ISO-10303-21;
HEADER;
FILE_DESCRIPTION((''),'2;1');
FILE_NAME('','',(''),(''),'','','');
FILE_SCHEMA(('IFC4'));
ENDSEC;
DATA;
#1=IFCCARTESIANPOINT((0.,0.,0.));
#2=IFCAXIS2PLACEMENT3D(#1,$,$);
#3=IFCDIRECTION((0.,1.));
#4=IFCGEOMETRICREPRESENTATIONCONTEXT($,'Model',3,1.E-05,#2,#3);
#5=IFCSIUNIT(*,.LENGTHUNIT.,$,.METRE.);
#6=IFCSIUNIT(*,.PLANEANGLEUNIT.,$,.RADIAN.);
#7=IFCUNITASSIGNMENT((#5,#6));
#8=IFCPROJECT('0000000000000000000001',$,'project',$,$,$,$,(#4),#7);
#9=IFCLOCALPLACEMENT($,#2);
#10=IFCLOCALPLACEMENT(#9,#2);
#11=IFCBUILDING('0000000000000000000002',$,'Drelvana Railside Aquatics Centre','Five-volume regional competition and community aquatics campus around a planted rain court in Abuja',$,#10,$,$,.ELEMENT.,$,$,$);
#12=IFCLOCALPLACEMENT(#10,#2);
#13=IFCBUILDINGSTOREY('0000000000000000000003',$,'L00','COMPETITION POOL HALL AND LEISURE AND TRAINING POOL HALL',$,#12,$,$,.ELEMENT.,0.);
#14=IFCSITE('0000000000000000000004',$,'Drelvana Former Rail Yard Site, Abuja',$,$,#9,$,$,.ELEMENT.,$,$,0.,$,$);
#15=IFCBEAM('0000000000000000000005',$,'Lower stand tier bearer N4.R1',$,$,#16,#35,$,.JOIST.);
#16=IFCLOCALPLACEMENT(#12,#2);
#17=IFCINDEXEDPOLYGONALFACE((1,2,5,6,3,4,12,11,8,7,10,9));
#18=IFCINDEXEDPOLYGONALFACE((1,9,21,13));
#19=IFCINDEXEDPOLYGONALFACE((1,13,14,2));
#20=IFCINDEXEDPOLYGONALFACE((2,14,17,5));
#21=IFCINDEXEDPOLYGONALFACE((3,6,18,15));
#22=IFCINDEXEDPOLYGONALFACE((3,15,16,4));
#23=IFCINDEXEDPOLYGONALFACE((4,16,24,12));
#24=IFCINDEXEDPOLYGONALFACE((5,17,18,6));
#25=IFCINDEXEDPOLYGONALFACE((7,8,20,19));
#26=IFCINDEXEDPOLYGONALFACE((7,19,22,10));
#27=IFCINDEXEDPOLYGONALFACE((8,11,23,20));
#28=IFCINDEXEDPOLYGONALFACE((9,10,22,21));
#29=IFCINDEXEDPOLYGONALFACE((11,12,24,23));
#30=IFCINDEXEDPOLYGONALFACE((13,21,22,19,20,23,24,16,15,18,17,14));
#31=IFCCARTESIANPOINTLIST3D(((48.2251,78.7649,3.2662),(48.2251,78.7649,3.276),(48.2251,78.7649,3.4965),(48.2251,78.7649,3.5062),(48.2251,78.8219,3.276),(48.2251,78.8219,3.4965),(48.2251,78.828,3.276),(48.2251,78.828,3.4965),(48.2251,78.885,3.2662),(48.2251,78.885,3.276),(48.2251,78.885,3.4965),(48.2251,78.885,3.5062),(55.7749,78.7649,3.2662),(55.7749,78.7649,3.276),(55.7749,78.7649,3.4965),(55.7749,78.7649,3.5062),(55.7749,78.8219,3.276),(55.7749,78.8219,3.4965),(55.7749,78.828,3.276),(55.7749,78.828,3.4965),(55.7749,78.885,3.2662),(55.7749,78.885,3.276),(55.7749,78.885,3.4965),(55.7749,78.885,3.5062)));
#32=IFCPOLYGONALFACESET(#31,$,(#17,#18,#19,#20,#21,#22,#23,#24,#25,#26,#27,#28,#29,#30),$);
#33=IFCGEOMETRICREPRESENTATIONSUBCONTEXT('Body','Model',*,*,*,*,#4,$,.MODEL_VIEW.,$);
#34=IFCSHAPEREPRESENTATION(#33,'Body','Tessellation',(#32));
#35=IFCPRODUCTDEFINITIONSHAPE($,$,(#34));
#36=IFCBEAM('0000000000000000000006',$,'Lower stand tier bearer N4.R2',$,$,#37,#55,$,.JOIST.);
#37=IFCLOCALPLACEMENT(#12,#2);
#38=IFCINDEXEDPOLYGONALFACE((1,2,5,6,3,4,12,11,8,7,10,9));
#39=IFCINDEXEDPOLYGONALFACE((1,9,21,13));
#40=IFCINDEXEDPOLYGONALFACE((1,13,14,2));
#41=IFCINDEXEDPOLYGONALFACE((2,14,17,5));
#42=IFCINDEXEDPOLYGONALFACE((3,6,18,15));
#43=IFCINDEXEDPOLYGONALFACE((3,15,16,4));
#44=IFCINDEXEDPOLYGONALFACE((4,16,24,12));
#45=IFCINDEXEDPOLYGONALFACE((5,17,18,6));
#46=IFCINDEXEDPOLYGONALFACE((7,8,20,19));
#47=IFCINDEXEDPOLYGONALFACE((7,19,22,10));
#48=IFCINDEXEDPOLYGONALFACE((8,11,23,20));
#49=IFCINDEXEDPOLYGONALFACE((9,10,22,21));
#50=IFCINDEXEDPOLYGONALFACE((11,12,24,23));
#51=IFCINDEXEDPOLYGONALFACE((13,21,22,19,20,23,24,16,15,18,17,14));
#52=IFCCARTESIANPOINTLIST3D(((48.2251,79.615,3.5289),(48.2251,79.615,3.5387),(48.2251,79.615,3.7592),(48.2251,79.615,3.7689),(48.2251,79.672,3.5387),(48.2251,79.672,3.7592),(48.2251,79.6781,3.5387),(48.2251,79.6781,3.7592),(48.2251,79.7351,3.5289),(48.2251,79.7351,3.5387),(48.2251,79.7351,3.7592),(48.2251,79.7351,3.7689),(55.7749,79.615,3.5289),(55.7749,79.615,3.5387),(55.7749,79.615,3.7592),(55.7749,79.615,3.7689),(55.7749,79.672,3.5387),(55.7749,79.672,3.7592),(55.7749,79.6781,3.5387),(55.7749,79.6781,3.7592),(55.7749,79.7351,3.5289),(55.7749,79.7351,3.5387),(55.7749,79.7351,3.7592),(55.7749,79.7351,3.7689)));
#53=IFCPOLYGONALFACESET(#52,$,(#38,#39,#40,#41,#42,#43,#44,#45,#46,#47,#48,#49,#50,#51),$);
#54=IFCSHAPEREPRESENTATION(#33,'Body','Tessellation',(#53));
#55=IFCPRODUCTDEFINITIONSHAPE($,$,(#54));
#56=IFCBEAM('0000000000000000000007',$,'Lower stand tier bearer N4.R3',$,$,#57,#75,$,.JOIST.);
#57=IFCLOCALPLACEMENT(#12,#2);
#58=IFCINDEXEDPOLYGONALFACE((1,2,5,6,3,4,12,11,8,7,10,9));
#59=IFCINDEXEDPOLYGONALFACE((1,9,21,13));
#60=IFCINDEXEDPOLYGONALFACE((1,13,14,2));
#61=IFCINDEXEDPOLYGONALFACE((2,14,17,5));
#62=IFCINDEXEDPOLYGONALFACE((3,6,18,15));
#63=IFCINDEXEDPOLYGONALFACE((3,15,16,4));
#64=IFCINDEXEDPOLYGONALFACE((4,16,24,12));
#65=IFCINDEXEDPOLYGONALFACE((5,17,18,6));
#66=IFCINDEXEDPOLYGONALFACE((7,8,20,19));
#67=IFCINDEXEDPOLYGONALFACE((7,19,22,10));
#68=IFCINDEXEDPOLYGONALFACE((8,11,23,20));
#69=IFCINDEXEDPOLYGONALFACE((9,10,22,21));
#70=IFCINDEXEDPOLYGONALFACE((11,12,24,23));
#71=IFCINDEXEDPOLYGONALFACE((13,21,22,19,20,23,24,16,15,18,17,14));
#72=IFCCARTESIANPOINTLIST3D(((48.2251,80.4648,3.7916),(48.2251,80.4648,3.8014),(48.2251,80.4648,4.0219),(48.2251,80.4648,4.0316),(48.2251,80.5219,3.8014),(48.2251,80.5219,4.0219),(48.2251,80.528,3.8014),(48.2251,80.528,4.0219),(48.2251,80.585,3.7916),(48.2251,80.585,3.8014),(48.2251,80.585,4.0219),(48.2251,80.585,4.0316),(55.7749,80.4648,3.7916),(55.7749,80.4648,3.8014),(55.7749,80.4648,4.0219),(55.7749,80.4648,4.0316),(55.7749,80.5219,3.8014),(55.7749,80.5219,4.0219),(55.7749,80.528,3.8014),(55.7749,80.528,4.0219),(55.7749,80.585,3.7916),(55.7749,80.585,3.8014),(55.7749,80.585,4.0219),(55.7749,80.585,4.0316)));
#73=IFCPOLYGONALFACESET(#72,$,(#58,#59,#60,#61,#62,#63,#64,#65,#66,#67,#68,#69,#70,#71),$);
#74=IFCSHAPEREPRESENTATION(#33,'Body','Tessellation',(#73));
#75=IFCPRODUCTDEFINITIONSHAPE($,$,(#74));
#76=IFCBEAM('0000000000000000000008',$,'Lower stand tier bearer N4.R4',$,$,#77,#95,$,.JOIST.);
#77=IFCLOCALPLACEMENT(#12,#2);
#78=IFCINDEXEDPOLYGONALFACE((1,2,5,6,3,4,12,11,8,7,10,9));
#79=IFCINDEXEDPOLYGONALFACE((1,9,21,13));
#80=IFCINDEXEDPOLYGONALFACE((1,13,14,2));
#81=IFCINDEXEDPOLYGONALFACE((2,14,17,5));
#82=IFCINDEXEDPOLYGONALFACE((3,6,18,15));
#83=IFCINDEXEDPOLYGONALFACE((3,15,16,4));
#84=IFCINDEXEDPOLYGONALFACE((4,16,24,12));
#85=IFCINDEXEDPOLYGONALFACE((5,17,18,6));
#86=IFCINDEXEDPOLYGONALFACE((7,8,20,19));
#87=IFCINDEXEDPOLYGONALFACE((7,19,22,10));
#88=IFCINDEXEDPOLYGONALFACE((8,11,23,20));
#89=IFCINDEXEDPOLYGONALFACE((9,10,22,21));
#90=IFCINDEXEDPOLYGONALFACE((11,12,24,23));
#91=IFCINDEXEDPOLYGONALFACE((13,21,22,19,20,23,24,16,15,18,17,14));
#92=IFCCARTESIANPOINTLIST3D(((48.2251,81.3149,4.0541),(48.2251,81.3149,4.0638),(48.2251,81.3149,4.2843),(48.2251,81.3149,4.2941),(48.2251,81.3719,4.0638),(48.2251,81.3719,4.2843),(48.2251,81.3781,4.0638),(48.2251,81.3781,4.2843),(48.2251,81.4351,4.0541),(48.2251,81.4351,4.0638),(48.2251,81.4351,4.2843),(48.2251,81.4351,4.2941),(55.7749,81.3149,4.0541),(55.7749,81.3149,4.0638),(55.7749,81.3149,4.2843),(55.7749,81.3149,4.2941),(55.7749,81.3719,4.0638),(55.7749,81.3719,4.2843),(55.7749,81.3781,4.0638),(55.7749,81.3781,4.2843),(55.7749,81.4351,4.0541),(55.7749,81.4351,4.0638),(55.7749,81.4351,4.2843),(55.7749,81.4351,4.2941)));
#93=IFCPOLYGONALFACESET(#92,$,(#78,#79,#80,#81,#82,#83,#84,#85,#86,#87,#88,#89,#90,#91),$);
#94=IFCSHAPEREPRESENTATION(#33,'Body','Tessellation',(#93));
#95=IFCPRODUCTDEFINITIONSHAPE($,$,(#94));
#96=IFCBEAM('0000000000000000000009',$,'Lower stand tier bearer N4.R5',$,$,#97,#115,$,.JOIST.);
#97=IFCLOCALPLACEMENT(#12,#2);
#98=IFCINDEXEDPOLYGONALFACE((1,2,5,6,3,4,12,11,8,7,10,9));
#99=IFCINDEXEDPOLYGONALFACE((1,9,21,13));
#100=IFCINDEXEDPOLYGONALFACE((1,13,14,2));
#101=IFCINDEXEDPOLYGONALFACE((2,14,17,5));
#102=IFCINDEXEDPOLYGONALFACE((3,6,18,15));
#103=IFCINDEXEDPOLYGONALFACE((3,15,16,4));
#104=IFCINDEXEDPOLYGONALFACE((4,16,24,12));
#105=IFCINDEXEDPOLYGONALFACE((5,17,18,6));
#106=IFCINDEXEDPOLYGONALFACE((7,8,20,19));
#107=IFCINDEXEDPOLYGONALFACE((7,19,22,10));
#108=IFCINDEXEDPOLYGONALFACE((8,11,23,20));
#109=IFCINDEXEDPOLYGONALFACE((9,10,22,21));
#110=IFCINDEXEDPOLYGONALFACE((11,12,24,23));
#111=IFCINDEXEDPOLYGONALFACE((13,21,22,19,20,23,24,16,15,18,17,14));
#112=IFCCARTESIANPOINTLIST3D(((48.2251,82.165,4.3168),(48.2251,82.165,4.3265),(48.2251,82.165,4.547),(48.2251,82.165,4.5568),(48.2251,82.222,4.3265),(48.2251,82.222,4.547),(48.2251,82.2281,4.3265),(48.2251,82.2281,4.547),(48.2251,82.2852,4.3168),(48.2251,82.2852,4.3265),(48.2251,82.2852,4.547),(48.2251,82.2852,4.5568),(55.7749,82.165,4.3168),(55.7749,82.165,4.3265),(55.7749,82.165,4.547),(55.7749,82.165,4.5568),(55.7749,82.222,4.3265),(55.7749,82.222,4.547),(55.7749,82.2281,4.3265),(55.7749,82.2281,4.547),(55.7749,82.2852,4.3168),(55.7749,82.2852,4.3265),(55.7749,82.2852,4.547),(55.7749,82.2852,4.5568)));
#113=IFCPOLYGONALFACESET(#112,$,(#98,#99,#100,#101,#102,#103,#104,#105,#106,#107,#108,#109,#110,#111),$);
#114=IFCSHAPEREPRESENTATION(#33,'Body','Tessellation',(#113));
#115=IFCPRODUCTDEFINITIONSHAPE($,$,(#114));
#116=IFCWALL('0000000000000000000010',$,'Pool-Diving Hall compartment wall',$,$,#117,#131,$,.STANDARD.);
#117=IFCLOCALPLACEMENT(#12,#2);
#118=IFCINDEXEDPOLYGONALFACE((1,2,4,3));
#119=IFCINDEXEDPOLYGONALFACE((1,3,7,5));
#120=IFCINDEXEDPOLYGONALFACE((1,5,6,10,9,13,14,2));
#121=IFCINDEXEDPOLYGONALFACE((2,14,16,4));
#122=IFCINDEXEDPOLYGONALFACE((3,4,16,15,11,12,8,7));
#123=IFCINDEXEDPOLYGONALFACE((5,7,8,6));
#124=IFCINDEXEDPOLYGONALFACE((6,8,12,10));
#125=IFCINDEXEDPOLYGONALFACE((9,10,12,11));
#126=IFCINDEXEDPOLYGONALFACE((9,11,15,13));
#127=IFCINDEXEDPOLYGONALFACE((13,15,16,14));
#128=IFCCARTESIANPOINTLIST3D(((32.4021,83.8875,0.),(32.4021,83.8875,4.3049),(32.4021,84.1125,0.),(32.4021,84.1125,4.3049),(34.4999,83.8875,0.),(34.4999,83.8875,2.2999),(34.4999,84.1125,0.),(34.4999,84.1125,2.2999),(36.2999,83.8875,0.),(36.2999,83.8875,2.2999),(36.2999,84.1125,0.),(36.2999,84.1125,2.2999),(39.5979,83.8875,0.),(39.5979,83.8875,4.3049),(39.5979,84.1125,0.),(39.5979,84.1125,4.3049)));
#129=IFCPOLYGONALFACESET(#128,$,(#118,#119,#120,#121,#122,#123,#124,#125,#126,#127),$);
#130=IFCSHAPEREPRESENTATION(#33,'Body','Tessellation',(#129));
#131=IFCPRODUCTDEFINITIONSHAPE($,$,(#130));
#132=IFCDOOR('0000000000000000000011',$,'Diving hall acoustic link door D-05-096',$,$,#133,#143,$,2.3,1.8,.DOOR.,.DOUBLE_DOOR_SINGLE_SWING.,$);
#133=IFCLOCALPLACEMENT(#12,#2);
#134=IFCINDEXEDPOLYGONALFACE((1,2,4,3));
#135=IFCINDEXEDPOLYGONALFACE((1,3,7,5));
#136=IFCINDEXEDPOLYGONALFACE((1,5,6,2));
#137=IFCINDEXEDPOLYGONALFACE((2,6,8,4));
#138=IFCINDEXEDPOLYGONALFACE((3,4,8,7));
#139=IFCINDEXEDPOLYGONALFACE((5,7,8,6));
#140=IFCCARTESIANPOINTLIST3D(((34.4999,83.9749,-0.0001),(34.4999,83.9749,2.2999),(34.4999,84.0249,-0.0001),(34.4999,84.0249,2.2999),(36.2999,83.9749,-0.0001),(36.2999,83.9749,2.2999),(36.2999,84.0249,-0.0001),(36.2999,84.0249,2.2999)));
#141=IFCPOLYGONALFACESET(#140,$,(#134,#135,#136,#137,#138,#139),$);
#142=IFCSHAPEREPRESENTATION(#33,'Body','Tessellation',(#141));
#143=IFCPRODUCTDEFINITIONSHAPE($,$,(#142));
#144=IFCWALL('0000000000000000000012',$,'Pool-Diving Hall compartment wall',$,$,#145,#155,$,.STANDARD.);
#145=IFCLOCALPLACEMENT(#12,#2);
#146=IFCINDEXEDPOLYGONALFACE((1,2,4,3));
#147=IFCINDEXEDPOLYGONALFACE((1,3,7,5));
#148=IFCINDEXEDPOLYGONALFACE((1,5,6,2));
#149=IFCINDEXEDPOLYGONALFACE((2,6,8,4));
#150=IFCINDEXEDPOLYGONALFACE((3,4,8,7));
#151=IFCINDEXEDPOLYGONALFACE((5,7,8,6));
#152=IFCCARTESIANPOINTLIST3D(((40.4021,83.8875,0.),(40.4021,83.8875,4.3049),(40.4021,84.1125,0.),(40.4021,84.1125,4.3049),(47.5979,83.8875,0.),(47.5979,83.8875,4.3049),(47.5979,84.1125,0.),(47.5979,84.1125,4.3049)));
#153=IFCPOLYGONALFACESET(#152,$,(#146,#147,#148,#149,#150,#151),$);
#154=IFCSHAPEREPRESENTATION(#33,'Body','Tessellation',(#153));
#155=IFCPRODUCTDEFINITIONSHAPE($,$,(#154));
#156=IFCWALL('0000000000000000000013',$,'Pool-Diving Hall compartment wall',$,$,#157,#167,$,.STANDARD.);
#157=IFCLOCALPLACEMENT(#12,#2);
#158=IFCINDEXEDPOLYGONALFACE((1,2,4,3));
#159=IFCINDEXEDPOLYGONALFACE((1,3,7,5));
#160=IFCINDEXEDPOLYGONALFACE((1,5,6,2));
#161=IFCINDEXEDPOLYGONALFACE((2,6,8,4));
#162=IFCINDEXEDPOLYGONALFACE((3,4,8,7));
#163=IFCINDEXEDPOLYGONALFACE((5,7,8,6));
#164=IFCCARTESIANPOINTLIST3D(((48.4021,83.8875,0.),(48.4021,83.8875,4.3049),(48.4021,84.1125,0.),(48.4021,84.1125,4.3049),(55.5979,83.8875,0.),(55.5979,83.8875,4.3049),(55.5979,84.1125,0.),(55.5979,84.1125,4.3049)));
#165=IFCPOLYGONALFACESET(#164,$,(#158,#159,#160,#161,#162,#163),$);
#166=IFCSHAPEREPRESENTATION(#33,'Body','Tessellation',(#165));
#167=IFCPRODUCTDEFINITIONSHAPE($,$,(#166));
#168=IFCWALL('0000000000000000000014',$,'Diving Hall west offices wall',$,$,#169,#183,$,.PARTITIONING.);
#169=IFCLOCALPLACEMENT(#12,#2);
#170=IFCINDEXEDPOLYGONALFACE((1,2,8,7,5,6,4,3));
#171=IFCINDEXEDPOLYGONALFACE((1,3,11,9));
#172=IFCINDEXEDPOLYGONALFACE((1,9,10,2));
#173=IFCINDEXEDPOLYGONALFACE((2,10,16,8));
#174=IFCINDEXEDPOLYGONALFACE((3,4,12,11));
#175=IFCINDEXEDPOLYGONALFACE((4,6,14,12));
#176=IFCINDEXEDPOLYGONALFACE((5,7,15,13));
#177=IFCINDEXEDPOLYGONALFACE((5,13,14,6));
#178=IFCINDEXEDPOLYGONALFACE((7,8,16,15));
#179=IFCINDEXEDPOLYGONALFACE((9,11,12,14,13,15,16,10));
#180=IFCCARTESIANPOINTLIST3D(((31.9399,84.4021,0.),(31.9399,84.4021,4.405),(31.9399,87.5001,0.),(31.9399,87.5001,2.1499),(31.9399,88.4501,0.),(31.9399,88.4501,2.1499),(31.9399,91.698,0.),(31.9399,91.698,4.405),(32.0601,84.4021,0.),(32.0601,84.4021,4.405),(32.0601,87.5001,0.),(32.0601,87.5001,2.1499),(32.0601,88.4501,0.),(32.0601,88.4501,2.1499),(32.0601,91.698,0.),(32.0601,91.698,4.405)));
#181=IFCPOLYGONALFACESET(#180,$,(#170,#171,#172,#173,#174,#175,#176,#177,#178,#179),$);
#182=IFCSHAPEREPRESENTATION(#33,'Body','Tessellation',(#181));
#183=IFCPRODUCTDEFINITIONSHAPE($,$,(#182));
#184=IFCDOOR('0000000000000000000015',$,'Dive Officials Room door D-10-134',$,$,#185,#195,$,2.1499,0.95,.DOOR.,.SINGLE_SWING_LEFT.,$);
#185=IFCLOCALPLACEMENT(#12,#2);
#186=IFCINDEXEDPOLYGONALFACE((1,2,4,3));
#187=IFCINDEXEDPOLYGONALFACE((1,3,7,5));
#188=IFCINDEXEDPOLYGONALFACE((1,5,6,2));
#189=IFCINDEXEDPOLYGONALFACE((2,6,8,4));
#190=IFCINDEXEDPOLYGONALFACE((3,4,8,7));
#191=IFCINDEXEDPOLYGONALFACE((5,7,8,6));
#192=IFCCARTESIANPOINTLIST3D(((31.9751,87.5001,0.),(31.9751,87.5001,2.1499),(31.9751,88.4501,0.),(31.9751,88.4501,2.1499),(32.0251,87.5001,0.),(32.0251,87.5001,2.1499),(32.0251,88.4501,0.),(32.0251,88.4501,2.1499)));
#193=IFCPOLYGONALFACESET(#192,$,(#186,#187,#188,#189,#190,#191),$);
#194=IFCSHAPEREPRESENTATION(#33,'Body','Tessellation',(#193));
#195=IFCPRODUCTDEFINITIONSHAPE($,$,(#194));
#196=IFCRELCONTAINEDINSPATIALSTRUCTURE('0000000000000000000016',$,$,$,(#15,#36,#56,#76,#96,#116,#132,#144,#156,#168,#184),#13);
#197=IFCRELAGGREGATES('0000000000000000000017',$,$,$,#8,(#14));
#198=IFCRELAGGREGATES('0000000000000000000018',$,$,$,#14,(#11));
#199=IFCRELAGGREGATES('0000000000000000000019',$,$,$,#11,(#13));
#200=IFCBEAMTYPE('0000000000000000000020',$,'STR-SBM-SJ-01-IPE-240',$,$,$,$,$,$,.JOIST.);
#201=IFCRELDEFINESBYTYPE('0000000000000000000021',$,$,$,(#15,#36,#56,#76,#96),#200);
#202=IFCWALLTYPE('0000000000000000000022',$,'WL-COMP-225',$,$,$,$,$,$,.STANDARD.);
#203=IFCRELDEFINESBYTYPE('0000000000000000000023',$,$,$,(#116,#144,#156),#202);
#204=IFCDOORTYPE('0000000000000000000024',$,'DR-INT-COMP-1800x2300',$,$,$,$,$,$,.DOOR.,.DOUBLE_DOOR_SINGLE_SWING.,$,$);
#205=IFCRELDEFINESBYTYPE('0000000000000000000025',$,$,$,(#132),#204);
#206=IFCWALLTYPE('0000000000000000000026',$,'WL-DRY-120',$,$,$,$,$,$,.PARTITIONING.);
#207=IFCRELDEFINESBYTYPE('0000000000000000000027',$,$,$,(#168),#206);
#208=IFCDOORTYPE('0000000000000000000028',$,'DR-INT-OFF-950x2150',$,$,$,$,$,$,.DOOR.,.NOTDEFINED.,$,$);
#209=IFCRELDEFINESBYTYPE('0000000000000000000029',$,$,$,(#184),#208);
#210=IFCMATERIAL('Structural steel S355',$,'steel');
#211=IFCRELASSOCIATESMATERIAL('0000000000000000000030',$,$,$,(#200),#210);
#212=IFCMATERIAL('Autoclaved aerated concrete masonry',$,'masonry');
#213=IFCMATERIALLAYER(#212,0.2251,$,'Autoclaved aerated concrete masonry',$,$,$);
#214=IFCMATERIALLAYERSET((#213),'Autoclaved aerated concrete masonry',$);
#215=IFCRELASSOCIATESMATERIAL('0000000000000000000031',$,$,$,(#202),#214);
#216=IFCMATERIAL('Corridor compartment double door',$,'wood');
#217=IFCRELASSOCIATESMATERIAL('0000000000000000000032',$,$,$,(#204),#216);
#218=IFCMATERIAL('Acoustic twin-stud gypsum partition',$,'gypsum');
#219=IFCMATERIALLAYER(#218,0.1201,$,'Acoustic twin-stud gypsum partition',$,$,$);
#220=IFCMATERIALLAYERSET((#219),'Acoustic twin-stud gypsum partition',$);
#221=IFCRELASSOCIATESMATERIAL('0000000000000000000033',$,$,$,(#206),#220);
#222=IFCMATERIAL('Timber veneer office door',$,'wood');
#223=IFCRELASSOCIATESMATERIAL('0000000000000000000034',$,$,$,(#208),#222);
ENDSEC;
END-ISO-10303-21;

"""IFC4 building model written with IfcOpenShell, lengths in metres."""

from ifc_helpers import new_model, si_unit, direction, frame, frame_2d, origin, origin_2d, place, context, subcontext, project, spatial, rectangle, i_section, extrude, material, layer, layer_set, material_profile, profile_set, type_object, element, fill, save


model = new_model("IFC4")

# Units and contexts
model_context = context("Model", 3, precision=1e-05, world=origin(), true_north=direction((0.0, 1.0)))
body_context = subcontext(model_context, "Body", "Model", "MODEL_VIEW")
ifc_project = project(units=[si_unit("LENGTHUNIT", "METRE"), si_unit("PLANEANGLEUNIT", "RADIAN")], contexts=[model_context])

# Site, building, storey
site_placement = place(None, origin())
site = spatial("IfcSite", under=ifc_project, at=site_placement, Name="Drelvana Former Rail Yard Site, Abuja", CompositionType="ELEMENT", RefElevation=0.0)
building_placement = place(site_placement, origin())
building = spatial("IfcBuilding", under=site, at=building_placement, Name="Drelvana Railside Aquatics Centre", Description="Five-volume regional competition and community aquatics campus around a planted rain court in Abuja", CompositionType="ELEMENT")
storey_placement = place(building_placement, origin())
storey = spatial("IfcBuildingStorey", under=building, at=storey_placement, Name="L00", Description="COMPETITION POOL HALL AND LEISURE AND TRAINING POOL HALL", CompositionType="ELEMENT", Elevation=0.0)

# Beams
ifc_material_1 = material(Name="Structural steel S355", Category="steel")
ifc_material_profile_1 = material_profile(ifc_material_1, i_section(OverallWidth=0.1201, OverallDepth=0.24, WebThickness=0.0061, FlangeThickness=0.0098, at=origin_2d()), Name="IPE 240")
ifc_profile_set_1 = profile_set([ifc_material_profile_1], Name="Structural steel S355")
beam_type_1 = type_object("IfcBeamType", Name="STR-SBM-SJ-01-IPE-240", PredefinedType="JOIST", material=ifc_profile_set_1)
for number, where, z_axis, x_axis, name in (
    (1, (48.2251, 78.825, 3.3862), (1.0, 0.0, 0.0), (0.0, 1.0, 0.0), "Lower stand tier bearer N4.R1"),
    (2, (48.2251, 79.675, 3.6489), (1.0, 0.0, 0.0), (0.0, 1.0, 0.0), "Lower stand tier bearer N4.R2"),
    (3, (48.2251, 80.5249, 3.9116), (1.0, 0.0, 0.0), (0.0, 1.0, 0.0), "Lower stand tier bearer N4.R3"),
    (4, (48.2251, 81.375, 4.1741), (1.0, 0.0, 0.0), (0.0, 1.0, 0.0), "Lower stand tier bearer N4.R4"),
    (5, (48.2251, 82.2251, 4.4368), (1.0, 0.0, 0.0), (0.0, 1.0, 0.0), "Lower stand tier bearer N4.R5"),
):
    element("IfcBeam", number, at=place(storey_placement, frame(where, z_axis=z_axis, x_axis=x_axis)), inside=storey, type_object=beam_type_1, Name=name, PredefinedType="JOIST", context=body_context, shape_type="SweptSolid", body=[
        extrude(i_section(OverallWidth=0.1201, OverallDepth=0.24, WebThickness=0.0061, FlangeThickness=0.0098, at=origin_2d()), origin(), (0.0, 0.0, 1.0), 7.5498),
    ])

# Wall, opening, door
ifc_material_2 = material(Name="Autoclaved aerated concrete masonry", Category="masonry")
ifc_layer_1 = layer(ifc_material_2, 0.2251, Name="Autoclaved aerated concrete masonry")
ifc_layer_set_1 = layer_set([ifc_layer_1], Name="Autoclaved aerated concrete masonry")
wall_type_1 = type_object("IfcWallType", Name="WL-COMP-225", PredefinedType="STANDARD", material=ifc_layer_set_1)
wall_1_placement = place(storey_placement, frame((32.4021, 84.0, 0.0), z_axis=(0.0, 0.0, 1.0), x_axis=(1.0, 0.0, 0.0)))
wall_1 = element("IfcWall", 6, at=wall_1_placement, inside=storey, type_object=wall_type_1, Name="Pool-Diving Hall compartment wall", PredefinedType="STANDARD", context=body_context, shape_type="SweptSolid", body=[
    extrude(rectangle(XDim=7.1958, YDim=0.2251, at=frame_2d((3.5979, 0.0))), origin(), (0.0, 0.0, 1.0), 4.3049),
])
opening_1_placement = place(wall_1_placement, frame((2.0979, 0.0, 0.0)))
opening_1 = element("IfcOpeningElement", 7, at=opening_1_placement, cuts=wall_1, PredefinedType="OPENING", context=body_context, shape_type="SweptSolid", body=[
    extrude(rectangle(XDim=1.8, YDim=2.3, at=frame_2d((0.8999, 1.1499))), frame((0.0, 0.1226, 0.0), z_axis=(0.0, -1.0, 0.0), x_axis=(1.0, 0.0, 0.0)), (0.0, 0.0, 1.0), 0.2451),
])
ifc_material_3 = material(Name="Corridor compartment double door", Category="wood")
door_type_1 = type_object("IfcDoorType", Name="DR-INT-COMP-1800x2300", OperationType="DOUBLE_DOOR_SINGLE_SWING", PredefinedType="DOOR", material=ifc_material_3)
door_1_placement = place(opening_1_placement, origin())
door_1 = element("IfcDoor", 8, at=door_1_placement, inside=storey, type_object=door_type_1, Name="Diving hall acoustic link door D-05-096", OperationType="DOUBLE_DOOR_SINGLE_SWING", OverallHeight=2.3, OverallWidth=1.8, PredefinedType="DOOR", context=body_context, shape_type="SweptSolid", body=[
    extrude(rectangle(XDim=1.8, YDim=2.3, at=frame_2d((0.8999, 1.1499))), frame((0.0, 0.0249, 0.0), z_axis=(0.0, -1.0, 0.0), x_axis=(1.0, 0.0, 0.0)), (0.0, 0.0, 1.0), 0.05),
])
fill(opening_1, door_1)

# Walls
for number, where, z_axis, x_axis, name in (
    (9, (40.4021, 84.0, 0.0), (0.0, 0.0, 1.0), (1.0, 0.0, 0.0), "Pool-Diving Hall compartment wall"),
    (10, (48.4021, 84.0, 0.0), (0.0, 0.0, 1.0), (1.0, 0.0, 0.0), "Pool-Diving Hall compartment wall"),
):
    element("IfcWall", number, at=place(storey_placement, frame(where, z_axis=z_axis, x_axis=x_axis)), inside=storey, type_object=wall_type_1, Name=name, PredefinedType="STANDARD", context=body_context, shape_type="SweptSolid", body=[
        extrude(rectangle(XDim=7.1958, YDim=0.2251, at=frame_2d((3.5979, 0.0))), origin(), (0.0, 0.0, 1.0), 4.3049),
    ])

# Wall, opening, door
ifc_material_4 = material(Name="Acoustic twin-stud gypsum partition", Category="gypsum")
ifc_layer_2 = layer(ifc_material_4, 0.1201, Name="Acoustic twin-stud gypsum partition")
ifc_layer_set_2 = layer_set([ifc_layer_2], Name="Acoustic twin-stud gypsum partition")
wall_type_2 = type_object("IfcWallType", Name="WL-DRY-120", PredefinedType="PARTITIONING", material=ifc_layer_set_2)
wall_2_placement = place(storey_placement, frame((32.0, 84.4021, 0.0), z_axis=(0.0, 0.0, 1.0), x_axis=(0.0, 1.0, 0.0)))
wall_2 = element("IfcWall", 11, at=wall_2_placement, inside=storey, type_object=wall_type_2, Name="Diving Hall west offices wall", PredefinedType="PARTITIONING", context=body_context, shape_type="SweptSolid", body=[
    extrude(rectangle(XDim=7.2959, YDim=0.1201, at=frame_2d((3.6479, 0.0))), origin(), (0.0, 0.0, 1.0), 4.405),
])
opening_2_placement = place(wall_2_placement, frame((3.0979, 0.0, 0.0)))
opening_2 = element("IfcOpeningElement", 12, at=opening_2_placement, cuts=wall_2, PredefinedType="OPENING", context=body_context, shape_type="SweptSolid", body=[
    extrude(rectangle(XDim=0.95, YDim=2.1499, at=frame_2d((0.4751, 1.075))), frame((0.0, 0.0701, 0.0), z_axis=(0.0, -1.0, 0.0), x_axis=(1.0, 0.0, 0.0)), (0.0, 0.0, 1.0), 0.1401),
])
ifc_material_5 = material(Name="Timber veneer office door", Category="wood")
door_type_2 = type_object("IfcDoorType", Name="DR-INT-OFF-950x2150", OperationType="NOTDEFINED", PredefinedType="DOOR", material=ifc_material_5)
door_2_placement = place(opening_2_placement, origin())
door_2 = element("IfcDoor", 13, at=door_2_placement, inside=storey, type_object=door_type_2, Name="Dive Officials Room door D-10-134", OperationType="SINGLE_SWING_LEFT", OverallHeight=2.1499, OverallWidth=0.95, PredefinedType="DOOR", context=body_context, shape_type="SweptSolid", body=[
    extrude(rectangle(XDim=0.95, YDim=2.1499, at=frame_2d((0.4751, 1.075))), frame((0.0, 0.0249, 0.0), z_axis=(0.0, -1.0, 0.0), x_axis=(1.0, 0.0, 0.0)), (0.0, 0.0, 1.0), 0.05),
])
fill(opening_2, door_2)

save(model, "model.ifc")
